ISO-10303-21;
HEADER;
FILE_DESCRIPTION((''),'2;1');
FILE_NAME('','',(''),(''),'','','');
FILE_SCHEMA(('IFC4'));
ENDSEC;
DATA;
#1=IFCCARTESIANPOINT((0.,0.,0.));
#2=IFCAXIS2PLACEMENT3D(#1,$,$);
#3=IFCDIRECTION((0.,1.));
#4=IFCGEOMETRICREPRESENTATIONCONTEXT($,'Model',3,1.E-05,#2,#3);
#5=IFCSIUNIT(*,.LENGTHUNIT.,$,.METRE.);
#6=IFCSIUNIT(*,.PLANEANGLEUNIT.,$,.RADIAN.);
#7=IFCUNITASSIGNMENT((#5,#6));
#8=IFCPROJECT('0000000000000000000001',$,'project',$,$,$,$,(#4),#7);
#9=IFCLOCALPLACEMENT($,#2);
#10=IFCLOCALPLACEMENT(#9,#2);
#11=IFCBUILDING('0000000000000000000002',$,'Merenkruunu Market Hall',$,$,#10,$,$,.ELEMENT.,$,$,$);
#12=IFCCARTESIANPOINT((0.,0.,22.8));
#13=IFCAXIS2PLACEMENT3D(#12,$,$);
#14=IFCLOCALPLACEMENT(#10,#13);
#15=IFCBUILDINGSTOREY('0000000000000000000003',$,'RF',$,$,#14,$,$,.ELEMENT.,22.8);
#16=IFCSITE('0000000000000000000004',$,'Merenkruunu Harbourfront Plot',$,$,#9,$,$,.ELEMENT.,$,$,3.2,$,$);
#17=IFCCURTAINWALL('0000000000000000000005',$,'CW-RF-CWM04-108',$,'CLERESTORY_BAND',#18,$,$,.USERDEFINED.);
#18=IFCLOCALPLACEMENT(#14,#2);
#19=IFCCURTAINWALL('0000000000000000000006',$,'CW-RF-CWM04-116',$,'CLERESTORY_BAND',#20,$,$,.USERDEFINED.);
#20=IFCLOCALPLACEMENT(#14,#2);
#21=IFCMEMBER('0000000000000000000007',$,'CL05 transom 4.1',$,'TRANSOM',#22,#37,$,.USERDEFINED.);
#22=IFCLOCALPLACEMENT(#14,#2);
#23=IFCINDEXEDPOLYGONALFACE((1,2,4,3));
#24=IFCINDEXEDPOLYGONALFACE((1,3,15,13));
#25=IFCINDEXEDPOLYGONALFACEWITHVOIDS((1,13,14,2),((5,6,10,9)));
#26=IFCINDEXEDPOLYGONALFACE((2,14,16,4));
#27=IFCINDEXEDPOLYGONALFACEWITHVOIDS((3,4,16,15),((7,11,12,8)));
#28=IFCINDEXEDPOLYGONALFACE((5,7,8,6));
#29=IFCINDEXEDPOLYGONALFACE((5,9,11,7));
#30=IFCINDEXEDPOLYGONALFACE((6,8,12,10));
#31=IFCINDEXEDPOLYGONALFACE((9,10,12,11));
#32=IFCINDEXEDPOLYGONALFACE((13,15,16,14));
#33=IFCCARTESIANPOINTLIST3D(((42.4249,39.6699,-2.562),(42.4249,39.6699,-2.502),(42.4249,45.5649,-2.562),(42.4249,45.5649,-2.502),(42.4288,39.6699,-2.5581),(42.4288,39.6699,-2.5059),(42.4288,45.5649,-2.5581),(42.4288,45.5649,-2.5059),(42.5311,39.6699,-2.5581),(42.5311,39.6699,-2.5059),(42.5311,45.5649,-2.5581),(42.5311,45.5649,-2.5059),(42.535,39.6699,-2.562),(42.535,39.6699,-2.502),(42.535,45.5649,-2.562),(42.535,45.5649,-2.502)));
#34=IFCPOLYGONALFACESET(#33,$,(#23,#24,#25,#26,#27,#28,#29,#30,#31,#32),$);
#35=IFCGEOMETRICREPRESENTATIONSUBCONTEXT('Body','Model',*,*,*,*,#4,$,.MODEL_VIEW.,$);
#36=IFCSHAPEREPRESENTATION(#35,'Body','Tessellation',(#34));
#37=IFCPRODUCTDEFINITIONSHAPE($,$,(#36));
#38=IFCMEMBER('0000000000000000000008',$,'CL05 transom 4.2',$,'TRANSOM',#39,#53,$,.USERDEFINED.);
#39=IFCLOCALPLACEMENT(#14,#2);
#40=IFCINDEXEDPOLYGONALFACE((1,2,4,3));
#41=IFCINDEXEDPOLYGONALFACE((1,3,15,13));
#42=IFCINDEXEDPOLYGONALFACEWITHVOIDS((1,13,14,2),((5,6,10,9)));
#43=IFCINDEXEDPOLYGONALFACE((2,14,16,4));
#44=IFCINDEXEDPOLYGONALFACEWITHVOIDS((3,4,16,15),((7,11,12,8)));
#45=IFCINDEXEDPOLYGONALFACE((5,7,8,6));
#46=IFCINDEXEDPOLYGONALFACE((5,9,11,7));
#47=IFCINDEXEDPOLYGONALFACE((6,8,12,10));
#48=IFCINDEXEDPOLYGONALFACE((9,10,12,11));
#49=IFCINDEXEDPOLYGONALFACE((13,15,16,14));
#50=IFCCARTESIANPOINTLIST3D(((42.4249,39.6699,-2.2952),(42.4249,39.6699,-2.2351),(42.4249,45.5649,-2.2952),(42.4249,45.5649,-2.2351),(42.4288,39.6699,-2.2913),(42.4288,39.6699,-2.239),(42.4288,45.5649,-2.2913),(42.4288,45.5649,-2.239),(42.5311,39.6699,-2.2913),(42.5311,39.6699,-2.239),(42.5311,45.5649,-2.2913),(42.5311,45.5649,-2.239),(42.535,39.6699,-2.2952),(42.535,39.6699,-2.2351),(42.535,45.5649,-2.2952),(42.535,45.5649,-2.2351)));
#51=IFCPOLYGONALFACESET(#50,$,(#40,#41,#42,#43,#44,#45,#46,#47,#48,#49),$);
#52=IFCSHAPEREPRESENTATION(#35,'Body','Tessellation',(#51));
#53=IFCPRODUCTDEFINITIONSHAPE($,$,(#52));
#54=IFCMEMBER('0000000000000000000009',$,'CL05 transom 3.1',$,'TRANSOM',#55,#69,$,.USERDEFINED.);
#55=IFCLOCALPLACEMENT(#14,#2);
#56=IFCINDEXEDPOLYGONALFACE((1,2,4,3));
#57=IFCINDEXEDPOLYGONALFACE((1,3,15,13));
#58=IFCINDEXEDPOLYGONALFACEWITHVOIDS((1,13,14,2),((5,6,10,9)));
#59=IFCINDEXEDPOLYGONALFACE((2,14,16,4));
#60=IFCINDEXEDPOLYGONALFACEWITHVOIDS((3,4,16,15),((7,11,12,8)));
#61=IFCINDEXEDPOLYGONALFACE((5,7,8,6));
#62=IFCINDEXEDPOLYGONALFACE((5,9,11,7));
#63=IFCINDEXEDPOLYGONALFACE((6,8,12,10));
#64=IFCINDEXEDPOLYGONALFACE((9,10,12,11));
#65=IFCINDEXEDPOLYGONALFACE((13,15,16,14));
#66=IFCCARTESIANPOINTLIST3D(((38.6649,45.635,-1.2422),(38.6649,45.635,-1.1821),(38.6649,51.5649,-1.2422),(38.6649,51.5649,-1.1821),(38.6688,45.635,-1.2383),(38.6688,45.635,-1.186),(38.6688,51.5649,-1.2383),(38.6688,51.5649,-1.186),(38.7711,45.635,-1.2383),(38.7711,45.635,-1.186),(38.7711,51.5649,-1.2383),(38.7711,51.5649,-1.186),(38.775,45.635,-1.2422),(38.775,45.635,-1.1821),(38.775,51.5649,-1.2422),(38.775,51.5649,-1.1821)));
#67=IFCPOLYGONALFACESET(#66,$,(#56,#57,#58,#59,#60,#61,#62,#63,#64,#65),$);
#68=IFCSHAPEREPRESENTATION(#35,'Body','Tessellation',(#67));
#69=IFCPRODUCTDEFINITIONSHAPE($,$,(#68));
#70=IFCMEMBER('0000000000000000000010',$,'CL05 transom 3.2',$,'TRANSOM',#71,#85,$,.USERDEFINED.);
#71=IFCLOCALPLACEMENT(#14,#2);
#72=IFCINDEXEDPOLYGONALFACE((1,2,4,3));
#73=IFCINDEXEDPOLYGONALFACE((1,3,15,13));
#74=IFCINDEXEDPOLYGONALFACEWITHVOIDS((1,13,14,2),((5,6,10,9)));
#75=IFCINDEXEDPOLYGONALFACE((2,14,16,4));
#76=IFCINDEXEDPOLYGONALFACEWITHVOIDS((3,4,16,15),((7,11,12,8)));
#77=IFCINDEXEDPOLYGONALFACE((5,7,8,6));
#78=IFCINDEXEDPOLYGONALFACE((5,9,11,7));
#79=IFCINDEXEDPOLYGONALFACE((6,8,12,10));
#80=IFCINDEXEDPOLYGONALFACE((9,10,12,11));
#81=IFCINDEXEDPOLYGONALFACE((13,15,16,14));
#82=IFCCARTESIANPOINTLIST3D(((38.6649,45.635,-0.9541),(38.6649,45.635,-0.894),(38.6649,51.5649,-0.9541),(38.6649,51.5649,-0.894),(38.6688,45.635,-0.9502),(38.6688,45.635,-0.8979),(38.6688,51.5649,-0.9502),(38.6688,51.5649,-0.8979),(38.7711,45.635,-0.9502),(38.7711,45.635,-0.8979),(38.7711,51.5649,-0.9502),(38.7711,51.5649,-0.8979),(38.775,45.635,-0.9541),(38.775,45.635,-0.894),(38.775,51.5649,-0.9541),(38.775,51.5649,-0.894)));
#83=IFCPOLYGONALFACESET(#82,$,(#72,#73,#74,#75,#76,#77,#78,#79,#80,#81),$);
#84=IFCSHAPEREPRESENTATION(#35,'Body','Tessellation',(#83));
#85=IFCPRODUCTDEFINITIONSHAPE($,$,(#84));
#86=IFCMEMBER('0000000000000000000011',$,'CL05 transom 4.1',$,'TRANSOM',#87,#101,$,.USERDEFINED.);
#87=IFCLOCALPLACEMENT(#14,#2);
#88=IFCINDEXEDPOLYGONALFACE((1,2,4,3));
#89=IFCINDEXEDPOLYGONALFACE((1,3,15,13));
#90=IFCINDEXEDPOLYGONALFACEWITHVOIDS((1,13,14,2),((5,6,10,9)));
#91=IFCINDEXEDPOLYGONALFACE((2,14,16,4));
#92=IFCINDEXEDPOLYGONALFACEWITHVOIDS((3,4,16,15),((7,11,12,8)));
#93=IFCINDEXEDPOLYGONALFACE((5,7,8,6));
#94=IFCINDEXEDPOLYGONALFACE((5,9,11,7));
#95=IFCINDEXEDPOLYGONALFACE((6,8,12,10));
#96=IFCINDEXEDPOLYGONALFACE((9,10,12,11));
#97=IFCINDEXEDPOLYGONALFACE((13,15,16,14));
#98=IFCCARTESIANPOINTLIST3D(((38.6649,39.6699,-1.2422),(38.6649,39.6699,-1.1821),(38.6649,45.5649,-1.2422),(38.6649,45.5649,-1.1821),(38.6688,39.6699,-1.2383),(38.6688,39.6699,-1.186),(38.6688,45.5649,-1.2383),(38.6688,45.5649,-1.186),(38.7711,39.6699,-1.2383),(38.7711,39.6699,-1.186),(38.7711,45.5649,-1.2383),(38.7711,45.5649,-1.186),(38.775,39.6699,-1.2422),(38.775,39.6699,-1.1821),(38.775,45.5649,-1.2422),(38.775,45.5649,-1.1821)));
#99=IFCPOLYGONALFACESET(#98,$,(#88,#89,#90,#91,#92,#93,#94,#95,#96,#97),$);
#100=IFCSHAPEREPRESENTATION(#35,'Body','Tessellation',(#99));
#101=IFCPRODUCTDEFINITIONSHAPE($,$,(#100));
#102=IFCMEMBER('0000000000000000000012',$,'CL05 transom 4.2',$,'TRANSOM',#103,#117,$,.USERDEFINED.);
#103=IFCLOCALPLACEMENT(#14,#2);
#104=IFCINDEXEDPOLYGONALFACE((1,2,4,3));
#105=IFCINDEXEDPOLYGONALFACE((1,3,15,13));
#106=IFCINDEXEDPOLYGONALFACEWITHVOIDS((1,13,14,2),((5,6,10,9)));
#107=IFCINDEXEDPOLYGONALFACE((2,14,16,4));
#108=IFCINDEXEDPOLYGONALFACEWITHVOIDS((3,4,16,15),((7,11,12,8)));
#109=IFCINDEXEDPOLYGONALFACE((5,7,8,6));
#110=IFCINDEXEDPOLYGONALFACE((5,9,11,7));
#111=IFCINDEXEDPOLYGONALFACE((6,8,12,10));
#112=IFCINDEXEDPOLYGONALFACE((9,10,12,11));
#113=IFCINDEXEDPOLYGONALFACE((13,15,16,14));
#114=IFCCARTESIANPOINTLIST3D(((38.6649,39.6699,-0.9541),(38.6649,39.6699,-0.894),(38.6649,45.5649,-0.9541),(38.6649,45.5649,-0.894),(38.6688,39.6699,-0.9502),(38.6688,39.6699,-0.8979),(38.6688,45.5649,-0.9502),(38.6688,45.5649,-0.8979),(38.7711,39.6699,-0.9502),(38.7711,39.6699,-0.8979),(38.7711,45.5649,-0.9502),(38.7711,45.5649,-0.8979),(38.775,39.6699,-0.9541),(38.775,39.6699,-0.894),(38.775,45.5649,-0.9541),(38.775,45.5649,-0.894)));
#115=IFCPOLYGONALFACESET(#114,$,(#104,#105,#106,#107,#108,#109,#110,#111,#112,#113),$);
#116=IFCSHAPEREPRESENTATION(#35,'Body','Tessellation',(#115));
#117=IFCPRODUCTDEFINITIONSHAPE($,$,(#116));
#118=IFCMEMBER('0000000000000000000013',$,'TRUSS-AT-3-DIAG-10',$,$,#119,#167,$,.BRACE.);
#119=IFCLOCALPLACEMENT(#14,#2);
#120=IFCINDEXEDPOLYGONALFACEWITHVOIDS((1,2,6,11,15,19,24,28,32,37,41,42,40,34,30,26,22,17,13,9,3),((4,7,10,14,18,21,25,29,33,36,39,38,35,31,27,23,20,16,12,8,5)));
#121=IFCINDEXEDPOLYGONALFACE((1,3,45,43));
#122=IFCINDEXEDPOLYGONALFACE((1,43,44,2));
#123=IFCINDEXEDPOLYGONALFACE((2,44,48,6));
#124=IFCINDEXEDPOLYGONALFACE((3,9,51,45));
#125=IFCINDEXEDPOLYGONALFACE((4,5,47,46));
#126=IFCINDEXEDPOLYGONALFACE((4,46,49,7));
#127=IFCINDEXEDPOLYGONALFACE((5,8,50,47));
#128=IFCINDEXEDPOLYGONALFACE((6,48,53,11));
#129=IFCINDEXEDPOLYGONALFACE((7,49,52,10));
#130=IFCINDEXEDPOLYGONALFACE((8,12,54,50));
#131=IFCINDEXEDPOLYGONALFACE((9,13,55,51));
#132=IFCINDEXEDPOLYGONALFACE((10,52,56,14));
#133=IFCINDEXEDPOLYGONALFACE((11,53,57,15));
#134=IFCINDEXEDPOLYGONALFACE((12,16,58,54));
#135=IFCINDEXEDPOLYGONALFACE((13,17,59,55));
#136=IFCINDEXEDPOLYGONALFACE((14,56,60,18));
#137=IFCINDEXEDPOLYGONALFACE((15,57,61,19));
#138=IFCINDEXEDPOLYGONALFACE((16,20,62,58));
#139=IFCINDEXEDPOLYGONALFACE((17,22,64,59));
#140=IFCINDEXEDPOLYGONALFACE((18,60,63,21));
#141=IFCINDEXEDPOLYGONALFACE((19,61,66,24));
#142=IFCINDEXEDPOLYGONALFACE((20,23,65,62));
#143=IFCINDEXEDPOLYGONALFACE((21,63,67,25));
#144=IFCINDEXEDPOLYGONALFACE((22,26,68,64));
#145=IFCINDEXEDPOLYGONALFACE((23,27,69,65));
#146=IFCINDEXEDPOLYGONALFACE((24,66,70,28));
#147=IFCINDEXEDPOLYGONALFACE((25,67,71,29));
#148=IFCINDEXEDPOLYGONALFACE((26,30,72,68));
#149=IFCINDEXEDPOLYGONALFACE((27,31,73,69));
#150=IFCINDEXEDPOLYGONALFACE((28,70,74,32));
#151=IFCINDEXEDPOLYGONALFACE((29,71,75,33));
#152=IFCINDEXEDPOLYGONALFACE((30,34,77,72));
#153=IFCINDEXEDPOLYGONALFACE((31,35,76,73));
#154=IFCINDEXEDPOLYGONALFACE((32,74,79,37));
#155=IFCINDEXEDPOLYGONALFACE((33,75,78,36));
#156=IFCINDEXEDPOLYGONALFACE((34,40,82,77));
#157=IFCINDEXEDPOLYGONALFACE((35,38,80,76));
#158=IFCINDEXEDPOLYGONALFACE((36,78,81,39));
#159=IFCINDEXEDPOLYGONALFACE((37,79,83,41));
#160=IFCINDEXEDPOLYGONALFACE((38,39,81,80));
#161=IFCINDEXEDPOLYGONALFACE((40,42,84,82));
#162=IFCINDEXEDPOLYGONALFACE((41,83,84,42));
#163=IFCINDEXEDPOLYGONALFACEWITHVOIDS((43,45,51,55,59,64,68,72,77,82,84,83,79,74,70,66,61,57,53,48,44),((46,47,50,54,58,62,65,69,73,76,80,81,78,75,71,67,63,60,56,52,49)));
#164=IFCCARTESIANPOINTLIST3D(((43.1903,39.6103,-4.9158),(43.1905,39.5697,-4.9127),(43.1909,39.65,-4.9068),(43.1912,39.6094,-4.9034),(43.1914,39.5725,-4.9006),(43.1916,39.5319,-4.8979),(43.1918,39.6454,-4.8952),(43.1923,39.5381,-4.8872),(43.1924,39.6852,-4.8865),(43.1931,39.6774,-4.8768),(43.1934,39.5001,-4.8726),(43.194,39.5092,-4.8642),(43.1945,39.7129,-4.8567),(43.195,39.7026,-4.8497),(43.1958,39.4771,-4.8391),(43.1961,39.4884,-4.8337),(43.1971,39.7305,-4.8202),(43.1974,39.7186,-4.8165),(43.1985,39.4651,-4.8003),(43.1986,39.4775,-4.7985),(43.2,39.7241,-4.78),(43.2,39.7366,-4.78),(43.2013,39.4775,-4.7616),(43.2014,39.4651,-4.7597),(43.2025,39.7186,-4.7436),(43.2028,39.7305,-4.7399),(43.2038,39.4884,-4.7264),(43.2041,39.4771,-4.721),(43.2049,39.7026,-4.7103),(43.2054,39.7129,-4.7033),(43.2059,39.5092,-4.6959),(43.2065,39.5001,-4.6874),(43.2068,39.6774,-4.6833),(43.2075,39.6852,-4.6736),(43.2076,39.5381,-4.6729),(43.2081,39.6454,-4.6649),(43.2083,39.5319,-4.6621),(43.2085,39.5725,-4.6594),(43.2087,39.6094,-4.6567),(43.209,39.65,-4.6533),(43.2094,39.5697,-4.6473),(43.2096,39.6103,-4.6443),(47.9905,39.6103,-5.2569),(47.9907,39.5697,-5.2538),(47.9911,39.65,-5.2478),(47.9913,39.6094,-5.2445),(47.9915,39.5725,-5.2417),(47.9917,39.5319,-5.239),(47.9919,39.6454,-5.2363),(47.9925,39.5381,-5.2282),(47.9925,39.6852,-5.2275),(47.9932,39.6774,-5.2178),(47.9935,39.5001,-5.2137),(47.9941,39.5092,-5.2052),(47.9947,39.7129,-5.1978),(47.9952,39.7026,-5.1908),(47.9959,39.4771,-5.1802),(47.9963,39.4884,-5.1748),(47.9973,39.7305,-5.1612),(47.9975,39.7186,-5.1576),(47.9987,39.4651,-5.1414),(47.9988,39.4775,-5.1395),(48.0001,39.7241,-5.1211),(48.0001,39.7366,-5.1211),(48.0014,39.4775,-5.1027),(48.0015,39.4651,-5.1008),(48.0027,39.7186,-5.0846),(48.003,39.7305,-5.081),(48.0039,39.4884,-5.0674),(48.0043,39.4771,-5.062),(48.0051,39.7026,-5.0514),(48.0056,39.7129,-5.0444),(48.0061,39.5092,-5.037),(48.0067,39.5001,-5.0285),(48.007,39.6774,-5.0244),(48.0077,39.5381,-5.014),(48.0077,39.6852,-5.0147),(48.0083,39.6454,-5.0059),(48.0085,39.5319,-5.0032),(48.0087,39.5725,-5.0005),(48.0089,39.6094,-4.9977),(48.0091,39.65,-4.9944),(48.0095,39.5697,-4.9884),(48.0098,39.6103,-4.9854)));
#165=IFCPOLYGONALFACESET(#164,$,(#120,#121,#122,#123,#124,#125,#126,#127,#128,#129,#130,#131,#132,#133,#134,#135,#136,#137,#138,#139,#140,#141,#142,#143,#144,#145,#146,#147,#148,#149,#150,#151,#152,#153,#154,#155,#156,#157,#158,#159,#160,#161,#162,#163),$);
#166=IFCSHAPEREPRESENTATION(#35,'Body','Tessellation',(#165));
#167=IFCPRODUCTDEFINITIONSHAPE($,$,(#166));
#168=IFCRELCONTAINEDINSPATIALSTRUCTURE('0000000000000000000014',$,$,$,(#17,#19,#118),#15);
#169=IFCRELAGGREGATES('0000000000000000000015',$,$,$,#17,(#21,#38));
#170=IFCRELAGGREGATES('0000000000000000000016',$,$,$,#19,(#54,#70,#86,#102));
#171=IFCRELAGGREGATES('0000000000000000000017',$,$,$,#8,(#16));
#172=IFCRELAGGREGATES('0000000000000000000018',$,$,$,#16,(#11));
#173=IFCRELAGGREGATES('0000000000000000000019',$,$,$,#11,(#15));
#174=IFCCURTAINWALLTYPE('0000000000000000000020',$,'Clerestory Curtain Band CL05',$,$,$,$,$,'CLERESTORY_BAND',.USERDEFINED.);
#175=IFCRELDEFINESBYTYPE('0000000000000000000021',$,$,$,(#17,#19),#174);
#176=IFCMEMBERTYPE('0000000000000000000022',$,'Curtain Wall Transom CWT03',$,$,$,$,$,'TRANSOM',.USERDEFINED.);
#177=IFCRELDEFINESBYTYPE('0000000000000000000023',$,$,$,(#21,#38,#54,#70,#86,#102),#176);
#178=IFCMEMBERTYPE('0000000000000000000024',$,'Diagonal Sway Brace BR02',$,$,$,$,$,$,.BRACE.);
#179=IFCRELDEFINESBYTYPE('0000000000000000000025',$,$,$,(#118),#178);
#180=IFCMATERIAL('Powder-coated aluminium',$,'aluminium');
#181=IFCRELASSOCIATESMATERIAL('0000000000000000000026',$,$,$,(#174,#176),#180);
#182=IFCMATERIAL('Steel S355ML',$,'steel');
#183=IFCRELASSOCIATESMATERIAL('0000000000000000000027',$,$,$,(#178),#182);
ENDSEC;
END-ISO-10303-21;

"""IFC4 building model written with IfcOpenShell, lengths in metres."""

from ifc_helpers import new_model, si_unit, direction, frame, origin, origin_2d, place, context, subcontext, project, spatial, hollow_rectangle, hollow_circle, extrude, material, material_profile, profile_set, type_object, element, aggregate, save


model = new_model("IFC4")

# Units and contexts
model_context = context("Model", 3, precision=1e-05, world=origin(), true_north=direction((0.0, 1.0)))
body_context = subcontext(model_context, "Body", "Model", "MODEL_VIEW")
ifc_project = project(units=[si_unit("LENGTHUNIT", "METRE"), si_unit("PLANEANGLEUNIT", "RADIAN")], contexts=[model_context])

# Site, building, storey
site_placement = place(None, origin())
site = spatial("IfcSite", under=ifc_project, at=site_placement, Name="Merenkruunu Harbourfront Plot", CompositionType="ELEMENT", RefElevation=3.2)
building_placement = place(site_placement, origin())
building = spatial("IfcBuilding", under=site, at=building_placement, Name="Merenkruunu Market Hall", CompositionType="ELEMENT")
storey_placement = place(building_placement, frame((0.0, 0.0, 22.8)))
storey = spatial("IfcBuildingStorey", under=building, at=storey_placement, Name="RF", CompositionType="ELEMENT", Elevation=22.8)

# Shared definitions
ifc_material_1 = material(Name="Steel S355ML", Category="steel")

# Curtain walls
ifc_material_2 = material(Name="Powder-coated aluminium", Category="aluminium")
curtain_wall_type = type_object("IfcCurtainWallType", Name="Clerestory Curtain Band CL05", ElementType="CLERESTORY_BAND", PredefinedType="USERDEFINED", material=ifc_material_2)
curtain_wall_1_placement = place(storey_placement, origin())
curtain_wall_1 = element("IfcCurtainWall", 1, at=curtain_wall_1_placement, inside=storey, type_object=curtain_wall_type, Name="CW-RF-CWM04-108", ObjectType="CLERESTORY_BAND", PredefinedType="USERDEFINED")
curtain_wall_2_placement = place(storey_placement, origin())
curtain_wall_2 = element("IfcCurtainWall", 2, at=curtain_wall_2_placement, inside=storey, type_object=curtain_wall_type, Name="CW-RF-CWM04-116", ObjectType="CLERESTORY_BAND", PredefinedType="USERDEFINED")

# Members
ifc_material_profile_1 = material_profile(ifc_material_2, hollow_rectangle(XDim=0.0601, YDim=0.1101, WallThickness=0.0039, at=origin_2d()), Name="ALU 60x110x4")
ifc_profile_set_1 = profile_set([ifc_material_profile_1], Name="Powder-coated aluminium")
member_type_1 = type_object("IfcMemberType", Name="Curtain Wall Transom CWT03", ElementType="TRANSOM", PredefinedType="USERDEFINED", material=ifc_profile_set_1)
member_1_placement = place(storey_placement, frame((42.48, 45.5649, -2.532), z_axis=(0.0, -1.0, 0.0), x_axis=(0.0, 0.0, 1.0)))
member_1 = element("IfcMember", 3, at=member_1_placement, type_object=member_type_1, Name="CL05 transom 4.1", ObjectType="TRANSOM", PredefinedType="USERDEFINED", context=body_context, shape_type="SweptSolid", body=[
    extrude(hollow_rectangle(XDim=0.0601, YDim=0.1101, WallThickness=0.0039, at=origin_2d()), origin(), (0.0, 0.0, 1.0), 5.895),
])
member_2_placement = place(storey_placement, frame((42.48, 45.5649, -2.2651), z_axis=(0.0, -1.0, 0.0), x_axis=(0.0, 0.0, 1.0)))
member_2 = element("IfcMember", 4, at=member_2_placement, type_object=member_type_1, Name="CL05 transom 4.2", ObjectType="TRANSOM", PredefinedType="USERDEFINED", context=body_context, shape_type="SweptSolid", body=[
    extrude(hollow_rectangle(XDim=0.0601, YDim=0.1101, WallThickness=0.0039, at=origin_2d()), origin(), (0.0, 0.0, 1.0), 5.895),
])
member_3_placement = place(storey_placement, frame((38.72, 51.5649, -1.2122), z_axis=(0.0, -1.0, 0.0), x_axis=(0.0, 0.0, 1.0)))
member_3 = element("IfcMember", 5, at=member_3_placement, type_object=member_type_1, Name="CL05 transom 3.1", ObjectType="TRANSOM", PredefinedType="USERDEFINED", context=body_context, shape_type="SweptSolid", body=[
    extrude(hollow_rectangle(XDim=0.0601, YDim=0.1101, WallThickness=0.0039, at=origin_2d()), origin(), (0.0, 0.0, 1.0), 5.9299),
])
member_4_placement = place(storey_placement, frame((38.72, 51.5649, -0.9241), z_axis=(0.0, -1.0, 0.0), x_axis=(0.0, 0.0, 1.0)))
member_4 = element("IfcMember", 6, at=member_4_placement, type_object=member_type_1, Name="CL05 transom 3.2", ObjectType="TRANSOM", PredefinedType="USERDEFINED", context=body_context, shape_type="SweptSolid", body=[
    extrude(hollow_rectangle(XDim=0.0601, YDim=0.1101, WallThickness=0.0039, at=origin_2d()), origin(), (0.0, 0.0, 1.0), 5.9299),
])
member_5_placement = place(storey_placement, frame((38.72, 45.5649, -1.2122), z_axis=(0.0, -1.0, 0.0), x_axis=(0.0, 0.0, 1.0)))
member_5 = element("IfcMember", 7, at=member_5_placement, type_object=member_type_1, Name="CL05 transom 4.1", ObjectType="TRANSOM", PredefinedType="USERDEFINED", context=body_context, shape_type="SweptSolid", body=[
    extrude(hollow_rectangle(XDim=0.0601, YDim=0.1101, WallThickness=0.0039, at=origin_2d()), origin(), (0.0, 0.0, 1.0), 5.895),
])
member_6_placement = place(storey_placement, frame((38.72, 45.5649, -0.9241), z_axis=(0.0, -1.0, 0.0), x_axis=(0.0, 0.0, 1.0)))
member_6 = element("IfcMember", 8, at=member_6_placement, type_object=member_type_1, Name="CL05 transom 4.2", ObjectType="TRANSOM", PredefinedType="USERDEFINED", context=body_context, shape_type="SweptSolid", body=[
    extrude(hollow_rectangle(XDim=0.0601, YDim=0.1101, WallThickness=0.0039, at=origin_2d()), origin(), (0.0, 0.0, 1.0), 5.895),
])

# Member
ifc_material_profile_2 = material_profile(ifc_material_1, hollow_circle(Radius=0.1365, WallThickness=0.0125, at=origin_2d()), Name="CHS 273x12.5")
ifc_profile_set_2 = profile_set([ifc_material_profile_2], Name="Steel S355ML")
member_type_2 = type_object("IfcMemberType", Name="Diagonal Sway Brace BR02", PredefinedType="BRACE", material=ifc_profile_set_2)
member_7_placement = place(storey_placement, frame((43.2, 39.6001, -4.78), z_axis=(0.997485, 0.0, -0.070876), x_axis=(0.0, 1.0, 0.0)))
element("IfcMember", 9, at=member_7_placement, inside=storey, type_object=member_type_2, Name="TRUSS-AT-3-DIAG-10", PredefinedType="BRACE", context=body_context, shape_type="SweptSolid", body=[
    extrude(hollow_circle(Radius=0.1365, WallThickness=0.0125, at=origin_2d()), origin(), (0.0, 0.0, 1.0), 4.8123),
])

aggregate(curtain_wall_1, [member_1, member_2])
aggregate(curtain_wall_2, [member_3, member_4, member_5, member_6])

save(model, "model.ifc")
